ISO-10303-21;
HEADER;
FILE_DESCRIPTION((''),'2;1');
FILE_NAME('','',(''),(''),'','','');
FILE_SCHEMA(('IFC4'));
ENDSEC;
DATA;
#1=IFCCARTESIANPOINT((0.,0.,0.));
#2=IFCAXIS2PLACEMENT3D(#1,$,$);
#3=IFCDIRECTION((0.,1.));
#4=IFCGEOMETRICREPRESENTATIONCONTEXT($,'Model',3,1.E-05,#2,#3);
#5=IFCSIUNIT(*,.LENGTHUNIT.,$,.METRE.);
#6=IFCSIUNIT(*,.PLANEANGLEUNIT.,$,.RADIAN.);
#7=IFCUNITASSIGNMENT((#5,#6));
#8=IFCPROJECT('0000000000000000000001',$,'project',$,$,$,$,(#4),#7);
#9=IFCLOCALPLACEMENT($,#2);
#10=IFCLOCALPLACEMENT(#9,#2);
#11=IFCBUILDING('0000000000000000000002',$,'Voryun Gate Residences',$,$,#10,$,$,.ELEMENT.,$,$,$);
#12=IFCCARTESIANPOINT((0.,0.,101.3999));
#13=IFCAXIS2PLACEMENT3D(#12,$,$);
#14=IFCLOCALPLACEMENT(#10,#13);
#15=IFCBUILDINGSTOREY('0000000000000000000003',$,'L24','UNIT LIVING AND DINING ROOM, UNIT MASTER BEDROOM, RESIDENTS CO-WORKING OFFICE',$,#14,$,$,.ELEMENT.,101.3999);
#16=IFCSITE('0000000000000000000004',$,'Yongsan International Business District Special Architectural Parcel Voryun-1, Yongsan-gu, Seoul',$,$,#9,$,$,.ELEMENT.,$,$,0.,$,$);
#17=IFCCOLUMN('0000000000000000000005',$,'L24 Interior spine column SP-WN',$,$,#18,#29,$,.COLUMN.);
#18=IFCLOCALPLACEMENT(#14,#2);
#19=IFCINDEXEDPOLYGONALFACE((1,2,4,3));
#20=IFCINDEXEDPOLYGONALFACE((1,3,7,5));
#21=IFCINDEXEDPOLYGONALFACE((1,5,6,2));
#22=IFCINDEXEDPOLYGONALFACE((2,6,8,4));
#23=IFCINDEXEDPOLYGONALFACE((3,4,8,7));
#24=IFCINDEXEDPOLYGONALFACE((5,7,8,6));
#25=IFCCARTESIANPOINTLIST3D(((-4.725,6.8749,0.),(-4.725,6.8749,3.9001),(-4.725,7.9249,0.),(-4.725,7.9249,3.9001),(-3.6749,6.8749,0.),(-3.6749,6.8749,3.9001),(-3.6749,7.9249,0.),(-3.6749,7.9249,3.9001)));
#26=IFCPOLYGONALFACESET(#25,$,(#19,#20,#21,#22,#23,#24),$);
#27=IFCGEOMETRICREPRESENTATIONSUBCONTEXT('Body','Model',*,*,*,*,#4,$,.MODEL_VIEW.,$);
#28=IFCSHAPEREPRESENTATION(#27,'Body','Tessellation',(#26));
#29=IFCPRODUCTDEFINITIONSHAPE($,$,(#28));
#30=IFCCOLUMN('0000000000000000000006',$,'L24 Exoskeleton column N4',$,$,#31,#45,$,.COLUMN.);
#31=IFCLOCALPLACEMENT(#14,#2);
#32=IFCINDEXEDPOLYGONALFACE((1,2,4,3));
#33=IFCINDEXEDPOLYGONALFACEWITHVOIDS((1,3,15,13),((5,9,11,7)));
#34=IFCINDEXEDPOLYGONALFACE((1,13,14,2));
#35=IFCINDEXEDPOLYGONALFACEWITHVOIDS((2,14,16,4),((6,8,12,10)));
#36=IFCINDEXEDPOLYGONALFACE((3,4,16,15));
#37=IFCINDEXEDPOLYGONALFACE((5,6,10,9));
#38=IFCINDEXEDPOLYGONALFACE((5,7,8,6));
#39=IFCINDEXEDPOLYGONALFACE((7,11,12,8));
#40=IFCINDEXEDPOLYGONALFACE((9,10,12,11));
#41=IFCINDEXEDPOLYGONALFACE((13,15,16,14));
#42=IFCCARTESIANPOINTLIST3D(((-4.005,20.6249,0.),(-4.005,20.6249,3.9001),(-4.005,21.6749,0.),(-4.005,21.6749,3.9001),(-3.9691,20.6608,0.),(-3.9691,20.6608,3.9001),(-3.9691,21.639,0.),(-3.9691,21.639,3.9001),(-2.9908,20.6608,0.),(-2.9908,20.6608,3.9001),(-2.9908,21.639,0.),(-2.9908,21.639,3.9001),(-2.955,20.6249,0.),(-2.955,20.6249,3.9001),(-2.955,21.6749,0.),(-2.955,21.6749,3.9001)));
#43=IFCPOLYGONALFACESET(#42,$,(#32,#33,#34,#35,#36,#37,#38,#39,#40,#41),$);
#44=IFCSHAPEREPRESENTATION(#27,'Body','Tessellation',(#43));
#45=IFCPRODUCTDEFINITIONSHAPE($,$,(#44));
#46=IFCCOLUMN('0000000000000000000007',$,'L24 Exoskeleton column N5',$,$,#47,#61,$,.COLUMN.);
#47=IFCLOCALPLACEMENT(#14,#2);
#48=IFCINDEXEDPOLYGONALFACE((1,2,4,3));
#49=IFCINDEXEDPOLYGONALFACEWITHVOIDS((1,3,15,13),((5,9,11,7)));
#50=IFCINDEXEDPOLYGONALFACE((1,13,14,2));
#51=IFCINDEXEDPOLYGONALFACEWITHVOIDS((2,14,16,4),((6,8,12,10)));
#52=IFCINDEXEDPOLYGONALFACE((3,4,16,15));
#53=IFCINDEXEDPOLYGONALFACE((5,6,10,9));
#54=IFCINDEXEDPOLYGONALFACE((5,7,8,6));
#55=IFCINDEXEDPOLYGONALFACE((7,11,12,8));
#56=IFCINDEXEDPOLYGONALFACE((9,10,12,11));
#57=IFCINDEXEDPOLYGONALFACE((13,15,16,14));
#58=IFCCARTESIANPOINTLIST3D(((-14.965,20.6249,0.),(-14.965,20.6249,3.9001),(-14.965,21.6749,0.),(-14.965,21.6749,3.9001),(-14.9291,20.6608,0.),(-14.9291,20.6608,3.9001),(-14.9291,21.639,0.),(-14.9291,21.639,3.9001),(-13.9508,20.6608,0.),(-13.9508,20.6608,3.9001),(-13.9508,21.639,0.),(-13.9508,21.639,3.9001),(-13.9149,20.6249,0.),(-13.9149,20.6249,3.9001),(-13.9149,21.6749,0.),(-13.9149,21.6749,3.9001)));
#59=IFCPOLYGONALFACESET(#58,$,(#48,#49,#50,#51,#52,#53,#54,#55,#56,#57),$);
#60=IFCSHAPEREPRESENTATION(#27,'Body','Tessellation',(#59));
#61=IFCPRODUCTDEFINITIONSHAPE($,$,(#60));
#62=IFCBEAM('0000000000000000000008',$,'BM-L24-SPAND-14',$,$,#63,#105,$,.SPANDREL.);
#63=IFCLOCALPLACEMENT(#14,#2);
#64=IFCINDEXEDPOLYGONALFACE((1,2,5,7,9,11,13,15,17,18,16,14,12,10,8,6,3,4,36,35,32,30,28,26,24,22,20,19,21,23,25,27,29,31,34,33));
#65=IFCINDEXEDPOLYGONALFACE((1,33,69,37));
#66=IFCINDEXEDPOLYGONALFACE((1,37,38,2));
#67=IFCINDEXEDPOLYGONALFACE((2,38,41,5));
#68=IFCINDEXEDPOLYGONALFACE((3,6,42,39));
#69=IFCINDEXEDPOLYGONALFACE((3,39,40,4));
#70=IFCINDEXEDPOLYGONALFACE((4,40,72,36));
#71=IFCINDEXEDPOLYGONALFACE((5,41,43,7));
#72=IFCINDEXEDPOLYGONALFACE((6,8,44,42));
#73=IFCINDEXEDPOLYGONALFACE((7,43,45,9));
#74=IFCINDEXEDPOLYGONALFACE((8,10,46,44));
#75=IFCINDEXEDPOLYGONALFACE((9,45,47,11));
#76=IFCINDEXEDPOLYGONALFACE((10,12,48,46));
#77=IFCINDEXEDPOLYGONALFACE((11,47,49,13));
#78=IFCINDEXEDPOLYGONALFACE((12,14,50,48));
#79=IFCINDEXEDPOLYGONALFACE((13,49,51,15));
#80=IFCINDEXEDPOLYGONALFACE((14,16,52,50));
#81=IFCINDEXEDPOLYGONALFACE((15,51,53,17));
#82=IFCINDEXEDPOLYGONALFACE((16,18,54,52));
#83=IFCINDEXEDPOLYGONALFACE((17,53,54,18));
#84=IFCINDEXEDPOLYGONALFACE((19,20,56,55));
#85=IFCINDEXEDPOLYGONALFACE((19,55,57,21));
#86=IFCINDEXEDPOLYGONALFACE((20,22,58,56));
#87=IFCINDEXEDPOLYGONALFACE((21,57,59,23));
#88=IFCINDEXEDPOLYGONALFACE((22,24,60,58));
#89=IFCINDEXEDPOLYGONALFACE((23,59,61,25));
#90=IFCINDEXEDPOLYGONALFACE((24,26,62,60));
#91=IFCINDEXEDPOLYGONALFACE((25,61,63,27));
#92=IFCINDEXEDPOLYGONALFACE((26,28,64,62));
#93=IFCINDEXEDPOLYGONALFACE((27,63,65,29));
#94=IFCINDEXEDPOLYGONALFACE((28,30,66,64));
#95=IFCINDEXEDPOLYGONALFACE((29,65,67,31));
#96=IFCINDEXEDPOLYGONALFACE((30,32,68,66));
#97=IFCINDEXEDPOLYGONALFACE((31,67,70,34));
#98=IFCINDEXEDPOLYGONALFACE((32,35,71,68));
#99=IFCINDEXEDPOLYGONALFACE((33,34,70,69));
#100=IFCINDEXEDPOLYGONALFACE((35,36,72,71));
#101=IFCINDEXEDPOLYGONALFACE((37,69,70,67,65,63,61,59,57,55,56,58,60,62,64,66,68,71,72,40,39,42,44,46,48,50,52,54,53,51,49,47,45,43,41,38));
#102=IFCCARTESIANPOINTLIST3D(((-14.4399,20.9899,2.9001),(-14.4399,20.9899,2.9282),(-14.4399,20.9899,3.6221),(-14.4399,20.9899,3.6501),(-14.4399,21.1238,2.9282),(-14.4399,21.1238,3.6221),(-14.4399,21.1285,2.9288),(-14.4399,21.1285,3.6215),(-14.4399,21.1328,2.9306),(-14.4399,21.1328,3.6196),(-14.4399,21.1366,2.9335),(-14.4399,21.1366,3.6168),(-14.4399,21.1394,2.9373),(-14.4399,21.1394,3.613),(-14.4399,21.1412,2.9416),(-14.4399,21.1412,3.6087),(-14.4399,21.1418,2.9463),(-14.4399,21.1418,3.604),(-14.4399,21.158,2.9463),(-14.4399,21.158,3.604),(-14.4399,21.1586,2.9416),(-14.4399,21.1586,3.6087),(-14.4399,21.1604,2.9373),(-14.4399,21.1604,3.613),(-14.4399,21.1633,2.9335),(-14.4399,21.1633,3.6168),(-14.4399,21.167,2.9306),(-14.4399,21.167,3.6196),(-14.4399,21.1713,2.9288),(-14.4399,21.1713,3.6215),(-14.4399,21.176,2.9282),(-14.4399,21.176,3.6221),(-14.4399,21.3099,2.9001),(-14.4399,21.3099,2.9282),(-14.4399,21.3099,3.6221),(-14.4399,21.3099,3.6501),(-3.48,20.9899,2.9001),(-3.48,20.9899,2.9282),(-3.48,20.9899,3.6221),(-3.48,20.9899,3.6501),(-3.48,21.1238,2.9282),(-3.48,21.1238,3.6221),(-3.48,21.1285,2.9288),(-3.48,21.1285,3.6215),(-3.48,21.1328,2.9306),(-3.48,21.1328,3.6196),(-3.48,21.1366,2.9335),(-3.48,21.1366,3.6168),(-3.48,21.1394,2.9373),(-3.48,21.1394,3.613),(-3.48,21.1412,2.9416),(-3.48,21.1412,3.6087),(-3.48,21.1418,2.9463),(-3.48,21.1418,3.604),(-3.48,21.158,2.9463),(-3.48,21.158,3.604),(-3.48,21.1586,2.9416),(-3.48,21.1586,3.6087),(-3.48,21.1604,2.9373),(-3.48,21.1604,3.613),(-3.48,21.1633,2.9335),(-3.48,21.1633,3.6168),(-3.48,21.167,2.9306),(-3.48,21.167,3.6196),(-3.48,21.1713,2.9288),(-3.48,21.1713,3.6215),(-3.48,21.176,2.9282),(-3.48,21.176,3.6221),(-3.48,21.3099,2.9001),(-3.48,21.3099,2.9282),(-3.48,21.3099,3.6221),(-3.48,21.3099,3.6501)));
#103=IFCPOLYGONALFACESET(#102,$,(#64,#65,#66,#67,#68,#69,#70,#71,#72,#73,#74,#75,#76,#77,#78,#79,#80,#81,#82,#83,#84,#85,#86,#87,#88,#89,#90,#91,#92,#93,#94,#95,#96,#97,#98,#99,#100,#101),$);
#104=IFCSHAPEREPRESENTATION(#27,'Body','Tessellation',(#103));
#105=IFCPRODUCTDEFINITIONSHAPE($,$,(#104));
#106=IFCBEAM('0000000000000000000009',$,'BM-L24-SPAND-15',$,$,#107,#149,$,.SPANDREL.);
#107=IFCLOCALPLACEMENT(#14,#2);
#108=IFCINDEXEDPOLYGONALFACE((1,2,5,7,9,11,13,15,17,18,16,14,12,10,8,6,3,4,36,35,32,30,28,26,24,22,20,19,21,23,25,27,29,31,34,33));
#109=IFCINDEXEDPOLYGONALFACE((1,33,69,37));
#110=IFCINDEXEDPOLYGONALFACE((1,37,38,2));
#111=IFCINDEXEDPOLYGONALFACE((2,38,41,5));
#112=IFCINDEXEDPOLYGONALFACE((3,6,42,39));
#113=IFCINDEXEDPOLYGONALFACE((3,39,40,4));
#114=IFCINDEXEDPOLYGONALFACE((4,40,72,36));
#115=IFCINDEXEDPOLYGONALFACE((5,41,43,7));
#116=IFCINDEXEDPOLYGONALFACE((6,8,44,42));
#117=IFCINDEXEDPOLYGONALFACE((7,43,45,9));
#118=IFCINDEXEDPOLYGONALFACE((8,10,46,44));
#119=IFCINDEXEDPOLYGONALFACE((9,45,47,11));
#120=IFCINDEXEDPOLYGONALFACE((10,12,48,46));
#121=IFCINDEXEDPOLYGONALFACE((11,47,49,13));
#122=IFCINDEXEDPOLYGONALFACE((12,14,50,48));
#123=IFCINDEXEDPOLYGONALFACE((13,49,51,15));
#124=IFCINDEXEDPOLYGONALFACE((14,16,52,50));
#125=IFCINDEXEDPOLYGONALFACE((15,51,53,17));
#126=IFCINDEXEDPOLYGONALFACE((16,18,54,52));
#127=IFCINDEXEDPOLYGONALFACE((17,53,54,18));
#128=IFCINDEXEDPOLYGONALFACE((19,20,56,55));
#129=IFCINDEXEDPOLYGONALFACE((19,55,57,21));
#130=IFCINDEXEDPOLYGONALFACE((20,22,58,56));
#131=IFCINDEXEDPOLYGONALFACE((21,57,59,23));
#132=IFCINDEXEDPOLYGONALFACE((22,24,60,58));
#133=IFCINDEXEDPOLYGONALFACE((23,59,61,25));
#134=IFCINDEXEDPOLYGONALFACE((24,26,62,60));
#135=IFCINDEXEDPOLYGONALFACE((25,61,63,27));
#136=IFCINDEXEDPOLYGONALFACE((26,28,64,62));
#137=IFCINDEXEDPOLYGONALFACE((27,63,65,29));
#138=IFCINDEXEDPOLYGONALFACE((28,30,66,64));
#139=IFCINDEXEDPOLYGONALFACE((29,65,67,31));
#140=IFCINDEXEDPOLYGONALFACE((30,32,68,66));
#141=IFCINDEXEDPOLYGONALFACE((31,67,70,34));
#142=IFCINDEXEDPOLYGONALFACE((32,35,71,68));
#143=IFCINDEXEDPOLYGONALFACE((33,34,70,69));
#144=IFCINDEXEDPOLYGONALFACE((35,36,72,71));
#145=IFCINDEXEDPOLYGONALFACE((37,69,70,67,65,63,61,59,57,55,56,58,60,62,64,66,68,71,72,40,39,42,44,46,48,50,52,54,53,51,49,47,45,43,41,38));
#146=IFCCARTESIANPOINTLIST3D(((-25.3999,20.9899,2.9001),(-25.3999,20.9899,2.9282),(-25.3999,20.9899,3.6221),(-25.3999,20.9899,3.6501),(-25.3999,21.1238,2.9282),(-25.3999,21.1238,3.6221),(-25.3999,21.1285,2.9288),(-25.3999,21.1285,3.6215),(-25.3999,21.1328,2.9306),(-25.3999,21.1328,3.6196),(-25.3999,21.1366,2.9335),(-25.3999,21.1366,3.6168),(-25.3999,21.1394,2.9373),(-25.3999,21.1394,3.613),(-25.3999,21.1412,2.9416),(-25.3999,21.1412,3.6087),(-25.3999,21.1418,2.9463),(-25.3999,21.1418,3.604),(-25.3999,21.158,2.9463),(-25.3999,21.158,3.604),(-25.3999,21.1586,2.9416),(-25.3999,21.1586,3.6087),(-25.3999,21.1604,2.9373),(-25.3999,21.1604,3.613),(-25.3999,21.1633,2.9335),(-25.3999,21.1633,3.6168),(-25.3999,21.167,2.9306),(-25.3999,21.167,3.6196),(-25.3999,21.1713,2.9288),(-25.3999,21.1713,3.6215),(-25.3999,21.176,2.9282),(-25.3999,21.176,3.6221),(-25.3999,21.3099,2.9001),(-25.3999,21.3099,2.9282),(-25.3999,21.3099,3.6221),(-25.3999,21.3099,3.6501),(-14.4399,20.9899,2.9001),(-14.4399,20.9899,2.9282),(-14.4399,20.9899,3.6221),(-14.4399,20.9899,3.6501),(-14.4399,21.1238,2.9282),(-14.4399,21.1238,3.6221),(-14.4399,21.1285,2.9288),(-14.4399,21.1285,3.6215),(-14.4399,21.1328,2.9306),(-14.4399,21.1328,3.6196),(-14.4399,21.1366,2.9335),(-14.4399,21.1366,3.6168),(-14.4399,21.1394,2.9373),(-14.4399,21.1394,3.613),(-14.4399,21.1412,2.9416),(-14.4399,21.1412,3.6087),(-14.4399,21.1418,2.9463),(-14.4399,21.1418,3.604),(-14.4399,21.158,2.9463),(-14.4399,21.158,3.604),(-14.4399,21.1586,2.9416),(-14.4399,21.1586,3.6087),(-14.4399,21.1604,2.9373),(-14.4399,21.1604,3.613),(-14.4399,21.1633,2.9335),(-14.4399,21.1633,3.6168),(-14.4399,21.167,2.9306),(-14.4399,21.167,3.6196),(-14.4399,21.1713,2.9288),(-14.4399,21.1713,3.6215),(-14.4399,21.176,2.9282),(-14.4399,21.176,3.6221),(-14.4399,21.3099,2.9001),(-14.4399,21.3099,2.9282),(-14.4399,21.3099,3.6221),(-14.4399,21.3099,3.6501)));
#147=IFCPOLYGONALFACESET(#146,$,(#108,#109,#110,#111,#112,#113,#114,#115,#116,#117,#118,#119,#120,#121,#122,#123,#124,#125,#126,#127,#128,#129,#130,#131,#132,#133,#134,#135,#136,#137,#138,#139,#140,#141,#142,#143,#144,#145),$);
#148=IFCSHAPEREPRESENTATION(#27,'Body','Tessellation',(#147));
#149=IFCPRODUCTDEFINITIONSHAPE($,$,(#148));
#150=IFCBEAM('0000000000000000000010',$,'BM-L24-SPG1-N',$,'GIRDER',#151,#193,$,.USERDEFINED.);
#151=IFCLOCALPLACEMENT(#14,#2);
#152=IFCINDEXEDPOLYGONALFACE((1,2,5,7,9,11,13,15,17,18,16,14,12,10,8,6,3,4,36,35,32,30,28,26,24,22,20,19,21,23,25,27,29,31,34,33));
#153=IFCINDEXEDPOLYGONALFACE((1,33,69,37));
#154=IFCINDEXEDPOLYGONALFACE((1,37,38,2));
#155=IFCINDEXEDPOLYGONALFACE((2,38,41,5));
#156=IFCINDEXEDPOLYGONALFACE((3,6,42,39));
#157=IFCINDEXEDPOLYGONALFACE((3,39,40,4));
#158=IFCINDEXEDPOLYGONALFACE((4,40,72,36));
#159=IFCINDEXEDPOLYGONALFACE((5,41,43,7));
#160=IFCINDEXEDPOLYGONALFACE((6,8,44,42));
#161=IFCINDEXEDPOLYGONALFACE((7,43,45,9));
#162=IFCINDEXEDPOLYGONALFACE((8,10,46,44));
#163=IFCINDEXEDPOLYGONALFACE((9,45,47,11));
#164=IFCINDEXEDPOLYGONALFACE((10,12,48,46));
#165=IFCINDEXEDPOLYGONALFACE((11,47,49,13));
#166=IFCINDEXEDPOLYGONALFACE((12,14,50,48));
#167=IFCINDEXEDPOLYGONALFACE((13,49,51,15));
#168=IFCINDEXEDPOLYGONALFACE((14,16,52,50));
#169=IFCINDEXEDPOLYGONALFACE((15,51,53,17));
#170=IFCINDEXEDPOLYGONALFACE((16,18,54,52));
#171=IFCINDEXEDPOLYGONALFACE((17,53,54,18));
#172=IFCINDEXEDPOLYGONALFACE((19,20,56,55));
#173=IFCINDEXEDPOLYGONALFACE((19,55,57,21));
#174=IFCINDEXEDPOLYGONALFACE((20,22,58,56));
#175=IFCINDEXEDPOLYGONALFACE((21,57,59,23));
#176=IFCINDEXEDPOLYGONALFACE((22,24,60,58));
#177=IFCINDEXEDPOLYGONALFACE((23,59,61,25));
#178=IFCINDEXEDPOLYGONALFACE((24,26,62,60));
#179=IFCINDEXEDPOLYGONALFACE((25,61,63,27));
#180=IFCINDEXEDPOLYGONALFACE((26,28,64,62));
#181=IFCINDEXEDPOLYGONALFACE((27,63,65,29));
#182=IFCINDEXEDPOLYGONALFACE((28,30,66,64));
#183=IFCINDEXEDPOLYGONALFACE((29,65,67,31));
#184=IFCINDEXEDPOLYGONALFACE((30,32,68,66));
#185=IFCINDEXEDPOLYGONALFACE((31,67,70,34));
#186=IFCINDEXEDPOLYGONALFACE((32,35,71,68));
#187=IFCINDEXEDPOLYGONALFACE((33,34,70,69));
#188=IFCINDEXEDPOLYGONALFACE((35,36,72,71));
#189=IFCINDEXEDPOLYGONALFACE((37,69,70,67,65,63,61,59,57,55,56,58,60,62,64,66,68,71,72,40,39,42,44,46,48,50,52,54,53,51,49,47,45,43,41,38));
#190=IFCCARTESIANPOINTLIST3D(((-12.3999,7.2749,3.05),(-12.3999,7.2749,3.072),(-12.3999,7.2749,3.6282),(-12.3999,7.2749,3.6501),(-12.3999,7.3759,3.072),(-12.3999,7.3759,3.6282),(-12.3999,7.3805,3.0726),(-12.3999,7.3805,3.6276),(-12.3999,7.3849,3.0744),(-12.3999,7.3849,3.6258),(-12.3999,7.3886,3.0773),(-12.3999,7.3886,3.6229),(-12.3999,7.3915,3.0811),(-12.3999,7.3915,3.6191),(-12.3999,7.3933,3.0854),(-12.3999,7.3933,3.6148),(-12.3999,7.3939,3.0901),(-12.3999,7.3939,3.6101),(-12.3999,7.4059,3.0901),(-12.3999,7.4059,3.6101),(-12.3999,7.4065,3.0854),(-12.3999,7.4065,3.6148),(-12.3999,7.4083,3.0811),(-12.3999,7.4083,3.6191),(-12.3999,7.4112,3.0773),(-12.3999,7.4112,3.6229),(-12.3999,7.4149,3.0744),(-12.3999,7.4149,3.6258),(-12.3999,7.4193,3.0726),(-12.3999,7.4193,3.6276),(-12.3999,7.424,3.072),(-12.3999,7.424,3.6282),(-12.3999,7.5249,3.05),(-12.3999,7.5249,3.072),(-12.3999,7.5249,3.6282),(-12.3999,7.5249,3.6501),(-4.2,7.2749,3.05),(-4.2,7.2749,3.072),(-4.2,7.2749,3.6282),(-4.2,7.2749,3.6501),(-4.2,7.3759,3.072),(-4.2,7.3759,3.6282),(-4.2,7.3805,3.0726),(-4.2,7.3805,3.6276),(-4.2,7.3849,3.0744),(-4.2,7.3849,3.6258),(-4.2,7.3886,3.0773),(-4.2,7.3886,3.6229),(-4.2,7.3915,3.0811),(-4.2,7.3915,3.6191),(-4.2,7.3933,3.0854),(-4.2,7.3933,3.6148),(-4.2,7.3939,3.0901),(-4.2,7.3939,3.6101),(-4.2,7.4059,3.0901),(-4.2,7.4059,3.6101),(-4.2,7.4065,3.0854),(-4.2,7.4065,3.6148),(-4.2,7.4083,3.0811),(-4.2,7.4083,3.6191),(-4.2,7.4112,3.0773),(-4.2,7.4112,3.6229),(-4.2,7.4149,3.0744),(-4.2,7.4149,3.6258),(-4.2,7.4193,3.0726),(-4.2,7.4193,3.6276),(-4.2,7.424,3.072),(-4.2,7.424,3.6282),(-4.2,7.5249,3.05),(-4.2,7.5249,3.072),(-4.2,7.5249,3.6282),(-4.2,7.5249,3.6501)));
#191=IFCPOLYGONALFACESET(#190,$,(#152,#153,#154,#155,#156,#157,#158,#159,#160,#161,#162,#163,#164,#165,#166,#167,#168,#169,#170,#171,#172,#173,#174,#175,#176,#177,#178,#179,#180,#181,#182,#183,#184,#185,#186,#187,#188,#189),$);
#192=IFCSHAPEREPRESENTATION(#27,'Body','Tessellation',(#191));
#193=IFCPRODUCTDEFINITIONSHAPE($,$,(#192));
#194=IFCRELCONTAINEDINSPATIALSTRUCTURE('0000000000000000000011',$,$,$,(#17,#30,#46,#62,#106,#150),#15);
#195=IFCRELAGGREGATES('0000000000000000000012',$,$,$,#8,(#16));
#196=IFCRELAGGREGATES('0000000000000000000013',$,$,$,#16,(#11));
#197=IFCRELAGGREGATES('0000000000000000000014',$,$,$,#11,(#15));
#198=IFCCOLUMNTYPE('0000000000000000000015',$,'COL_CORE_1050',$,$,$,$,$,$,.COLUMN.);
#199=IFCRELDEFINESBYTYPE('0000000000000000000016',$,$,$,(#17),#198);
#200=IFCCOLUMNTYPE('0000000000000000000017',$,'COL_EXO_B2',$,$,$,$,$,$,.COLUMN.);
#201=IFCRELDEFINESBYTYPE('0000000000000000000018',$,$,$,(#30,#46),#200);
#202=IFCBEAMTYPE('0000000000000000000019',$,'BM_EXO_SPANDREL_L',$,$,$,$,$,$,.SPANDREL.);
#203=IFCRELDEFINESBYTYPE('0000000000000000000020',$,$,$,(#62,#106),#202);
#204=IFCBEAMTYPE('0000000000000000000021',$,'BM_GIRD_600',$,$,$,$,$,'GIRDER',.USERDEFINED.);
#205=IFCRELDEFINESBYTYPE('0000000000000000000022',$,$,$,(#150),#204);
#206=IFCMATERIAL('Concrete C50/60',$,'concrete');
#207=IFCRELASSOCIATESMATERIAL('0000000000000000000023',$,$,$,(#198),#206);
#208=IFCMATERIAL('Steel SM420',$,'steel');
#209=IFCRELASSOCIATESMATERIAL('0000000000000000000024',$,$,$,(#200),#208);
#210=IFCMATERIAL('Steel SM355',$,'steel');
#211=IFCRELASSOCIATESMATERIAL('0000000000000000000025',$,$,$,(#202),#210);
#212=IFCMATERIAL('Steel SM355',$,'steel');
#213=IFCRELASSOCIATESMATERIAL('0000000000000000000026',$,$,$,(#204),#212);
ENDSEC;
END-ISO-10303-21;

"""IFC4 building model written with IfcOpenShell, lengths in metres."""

from ifc_helpers import new_model, si_unit, direction, frame, origin, origin_2d, place, context, subcontext, project, spatial, rectangle, hollow_rectangle, i_section, extrude, material, material_profile, profile_set, type_object, element, save


model = new_model("IFC4")

# Units and contexts
model_context = context("Model", 3, precision=1e-05, world=origin(), true_north=direction((0.0, 1.0)))
body_context = subcontext(model_context, "Body", "Model", "MODEL_VIEW")
ifc_project = project(units=[si_unit("LENGTHUNIT", "METRE"), si_unit("PLANEANGLEUNIT", "RADIAN")], contexts=[model_context])

# Site, building, storey
site_placement = place(None, origin())
site = spatial("IfcSite", under=ifc_project, at=site_placement, Name="Yongsan International Business District Special Architectural Parcel Voryun-1, Yongsan-gu, Seoul", CompositionType="ELEMENT", RefElevation=0.0)
building_placement = place(site_placement, origin())
building = spatial("IfcBuilding", under=site, at=building_placement, Name="Voryun Gate Residences", CompositionType="ELEMENT")
storey_placement = place(building_placement, frame((0.0, 0.0, 101.3999)))
storey = spatial("IfcBuildingStorey", under=building, at=storey_placement, Name="L24", Description="UNIT LIVING AND DINING ROOM, UNIT MASTER BEDROOM, RESIDENTS CO-WORKING OFFICE", CompositionType="ELEMENT", Elevation=101.3999)

# Columns
ifc_material_1 = material(Name="Concrete C50/60", Category="concrete")
ifc_material_profile_1 = material_profile(ifc_material_1, rectangle(XDim=1.05, YDim=1.05, at=origin_2d()), Name="RC-1050x1050")
ifc_profile_set_1 = profile_set([ifc_material_profile_1], Name="Concrete C50/60")
column_type_1 = type_object("IfcColumnType", Name="COL_CORE_1050", PredefinedType="COLUMN", material=ifc_profile_set_1)
column_placement = place(storey_placement, frame((-4.2, 7.3999, 0.0), z_axis=(0.0, 0.0, 1.0), x_axis=(1.0, 0.0, 0.0)))
element("IfcColumn", 1, at=column_placement, inside=storey, type_object=column_type_1, Name="L24 Interior spine column SP-WN", PredefinedType="COLUMN", context=body_context, shape_type="SweptSolid", body=[
    extrude(rectangle(XDim=1.05, YDim=1.05, at=origin_2d()), origin(), (0.0, 0.0, 1.0), 3.9001),
])
ifc_material_2 = material(Name="Steel SM420", Category="steel")
ifc_material_profile_2 = material_profile(ifc_material_2, hollow_rectangle(XDim=1.05, YDim=1.05, WallThickness=0.0359, at=origin_2d()), Name="BOX-1050x1050x36")
ifc_profile_set_2 = profile_set([ifc_material_profile_2], Name="Steel SM420")
column_type_2 = type_object("IfcColumnType", Name="COL_EXO_B2", PredefinedType="COLUMN", material=ifc_profile_set_2)
for number, where, z_axis, x_axis, name in (
    (2, (-3.48, 21.1499, 0.0), (0.0, 0.0, 1.0), (1.0, 0.0, 0.0), "L24 Exoskeleton column N4"),
    (3, (-14.4399, 21.1499, 0.0), (0.0, 0.0, 1.0), (1.0, 0.0, 0.0), "L24 Exoskeleton column N5"),
):
    element("IfcColumn", number, at=place(storey_placement, frame(where, z_axis=z_axis, x_axis=x_axis)), inside=storey, type_object=column_type_2, Name=name, PredefinedType="COLUMN", context=body_context, shape_type="SweptSolid", body=[
        extrude(hollow_rectangle(XDim=1.05, YDim=1.05, WallThickness=0.0359, at=origin_2d()), origin(), (0.0, 0.0, 1.0), 3.9001),
    ])

# Beams
ifc_material_3 = material(Name="Steel SM355", Category="steel")
ifc_material_profile_3 = material_profile(ifc_material_3, i_section(OverallWidth=0.3201, OverallDepth=0.75, WebThickness=0.0161, FlangeThickness=0.0281, FilletRadius=0.0181, at=origin_2d()), Name="H-750x320x16x28")
ifc_profile_set_3 = profile_set([ifc_material_profile_3], Name="Steel SM355")
beam_type_1 = type_object("IfcBeamType", Name="BM_EXO_SPANDREL_L", PredefinedType="SPANDREL", material=ifc_profile_set_3)
for number, where, z_axis, x_axis, name in (
    (4, (-3.48, 21.1499, 3.2751), (-1.0, 0.0, 0.0), (0.0, -1.0, 0.0), "BM-L24-SPAND-14"),
    (5, (-14.4399, 21.1499, 3.2751), (-1.0, 0.0, 0.0), (0.0, -1.0, 0.0), "BM-L24-SPAND-15"),
):
    element("IfcBeam", number, at=place(storey_placement, frame(where, z_axis=z_axis, x_axis=x_axis)), inside=storey, type_object=beam_type_1, Name=name, PredefinedType="SPANDREL", context=body_context, shape_type="SweptSolid", body=[
        extrude(i_section(OverallWidth=0.3201, OverallDepth=0.75, WebThickness=0.0161, FlangeThickness=0.0281, FilletRadius=0.0181, at=origin_2d()), origin(), (0.0, 0.0, 1.0), 10.96),
    ])
ifc_material_4 = material(Name="Steel SM355", Category="steel")
ifc_material_profile_4 = material_profile(ifc_material_4, i_section(OverallWidth=0.25, OverallDepth=0.6001, WebThickness=0.012, FlangeThickness=0.022, FilletRadius=0.0181, at=origin_2d()), Name="H-600x250x12x22")
ifc_profile_set_4 = profile_set([ifc_material_profile_4], Name="Steel SM355")
beam_type_2 = type_object("IfcBeamType", Name="BM_GIRD_600", ElementType="GIRDER", PredefinedType="USERDEFINED", material=ifc_profile_set_4)
beam_1_placement = place(storey_placement, frame((-12.3999, 7.3999, 3.3501), z_axis=(1.0, 0.0, 0.0), x_axis=(0.0, 1.0, 0.0)))
element("IfcBeam", 6, at=beam_1_placement, inside=storey, type_object=beam_type_2, Name="BM-L24-SPG1-N", ObjectType="GIRDER", PredefinedType="USERDEFINED", context=body_context, shape_type="SweptSolid", body=[
    extrude(i_section(OverallWidth=0.25, OverallDepth=0.6001, WebThickness=0.012, FlangeThickness=0.022, FilletRadius=0.0181, at=origin_2d()), origin(), (0.0, 0.0, 1.0), 8.2),
])

save(model, "model.ifc")
